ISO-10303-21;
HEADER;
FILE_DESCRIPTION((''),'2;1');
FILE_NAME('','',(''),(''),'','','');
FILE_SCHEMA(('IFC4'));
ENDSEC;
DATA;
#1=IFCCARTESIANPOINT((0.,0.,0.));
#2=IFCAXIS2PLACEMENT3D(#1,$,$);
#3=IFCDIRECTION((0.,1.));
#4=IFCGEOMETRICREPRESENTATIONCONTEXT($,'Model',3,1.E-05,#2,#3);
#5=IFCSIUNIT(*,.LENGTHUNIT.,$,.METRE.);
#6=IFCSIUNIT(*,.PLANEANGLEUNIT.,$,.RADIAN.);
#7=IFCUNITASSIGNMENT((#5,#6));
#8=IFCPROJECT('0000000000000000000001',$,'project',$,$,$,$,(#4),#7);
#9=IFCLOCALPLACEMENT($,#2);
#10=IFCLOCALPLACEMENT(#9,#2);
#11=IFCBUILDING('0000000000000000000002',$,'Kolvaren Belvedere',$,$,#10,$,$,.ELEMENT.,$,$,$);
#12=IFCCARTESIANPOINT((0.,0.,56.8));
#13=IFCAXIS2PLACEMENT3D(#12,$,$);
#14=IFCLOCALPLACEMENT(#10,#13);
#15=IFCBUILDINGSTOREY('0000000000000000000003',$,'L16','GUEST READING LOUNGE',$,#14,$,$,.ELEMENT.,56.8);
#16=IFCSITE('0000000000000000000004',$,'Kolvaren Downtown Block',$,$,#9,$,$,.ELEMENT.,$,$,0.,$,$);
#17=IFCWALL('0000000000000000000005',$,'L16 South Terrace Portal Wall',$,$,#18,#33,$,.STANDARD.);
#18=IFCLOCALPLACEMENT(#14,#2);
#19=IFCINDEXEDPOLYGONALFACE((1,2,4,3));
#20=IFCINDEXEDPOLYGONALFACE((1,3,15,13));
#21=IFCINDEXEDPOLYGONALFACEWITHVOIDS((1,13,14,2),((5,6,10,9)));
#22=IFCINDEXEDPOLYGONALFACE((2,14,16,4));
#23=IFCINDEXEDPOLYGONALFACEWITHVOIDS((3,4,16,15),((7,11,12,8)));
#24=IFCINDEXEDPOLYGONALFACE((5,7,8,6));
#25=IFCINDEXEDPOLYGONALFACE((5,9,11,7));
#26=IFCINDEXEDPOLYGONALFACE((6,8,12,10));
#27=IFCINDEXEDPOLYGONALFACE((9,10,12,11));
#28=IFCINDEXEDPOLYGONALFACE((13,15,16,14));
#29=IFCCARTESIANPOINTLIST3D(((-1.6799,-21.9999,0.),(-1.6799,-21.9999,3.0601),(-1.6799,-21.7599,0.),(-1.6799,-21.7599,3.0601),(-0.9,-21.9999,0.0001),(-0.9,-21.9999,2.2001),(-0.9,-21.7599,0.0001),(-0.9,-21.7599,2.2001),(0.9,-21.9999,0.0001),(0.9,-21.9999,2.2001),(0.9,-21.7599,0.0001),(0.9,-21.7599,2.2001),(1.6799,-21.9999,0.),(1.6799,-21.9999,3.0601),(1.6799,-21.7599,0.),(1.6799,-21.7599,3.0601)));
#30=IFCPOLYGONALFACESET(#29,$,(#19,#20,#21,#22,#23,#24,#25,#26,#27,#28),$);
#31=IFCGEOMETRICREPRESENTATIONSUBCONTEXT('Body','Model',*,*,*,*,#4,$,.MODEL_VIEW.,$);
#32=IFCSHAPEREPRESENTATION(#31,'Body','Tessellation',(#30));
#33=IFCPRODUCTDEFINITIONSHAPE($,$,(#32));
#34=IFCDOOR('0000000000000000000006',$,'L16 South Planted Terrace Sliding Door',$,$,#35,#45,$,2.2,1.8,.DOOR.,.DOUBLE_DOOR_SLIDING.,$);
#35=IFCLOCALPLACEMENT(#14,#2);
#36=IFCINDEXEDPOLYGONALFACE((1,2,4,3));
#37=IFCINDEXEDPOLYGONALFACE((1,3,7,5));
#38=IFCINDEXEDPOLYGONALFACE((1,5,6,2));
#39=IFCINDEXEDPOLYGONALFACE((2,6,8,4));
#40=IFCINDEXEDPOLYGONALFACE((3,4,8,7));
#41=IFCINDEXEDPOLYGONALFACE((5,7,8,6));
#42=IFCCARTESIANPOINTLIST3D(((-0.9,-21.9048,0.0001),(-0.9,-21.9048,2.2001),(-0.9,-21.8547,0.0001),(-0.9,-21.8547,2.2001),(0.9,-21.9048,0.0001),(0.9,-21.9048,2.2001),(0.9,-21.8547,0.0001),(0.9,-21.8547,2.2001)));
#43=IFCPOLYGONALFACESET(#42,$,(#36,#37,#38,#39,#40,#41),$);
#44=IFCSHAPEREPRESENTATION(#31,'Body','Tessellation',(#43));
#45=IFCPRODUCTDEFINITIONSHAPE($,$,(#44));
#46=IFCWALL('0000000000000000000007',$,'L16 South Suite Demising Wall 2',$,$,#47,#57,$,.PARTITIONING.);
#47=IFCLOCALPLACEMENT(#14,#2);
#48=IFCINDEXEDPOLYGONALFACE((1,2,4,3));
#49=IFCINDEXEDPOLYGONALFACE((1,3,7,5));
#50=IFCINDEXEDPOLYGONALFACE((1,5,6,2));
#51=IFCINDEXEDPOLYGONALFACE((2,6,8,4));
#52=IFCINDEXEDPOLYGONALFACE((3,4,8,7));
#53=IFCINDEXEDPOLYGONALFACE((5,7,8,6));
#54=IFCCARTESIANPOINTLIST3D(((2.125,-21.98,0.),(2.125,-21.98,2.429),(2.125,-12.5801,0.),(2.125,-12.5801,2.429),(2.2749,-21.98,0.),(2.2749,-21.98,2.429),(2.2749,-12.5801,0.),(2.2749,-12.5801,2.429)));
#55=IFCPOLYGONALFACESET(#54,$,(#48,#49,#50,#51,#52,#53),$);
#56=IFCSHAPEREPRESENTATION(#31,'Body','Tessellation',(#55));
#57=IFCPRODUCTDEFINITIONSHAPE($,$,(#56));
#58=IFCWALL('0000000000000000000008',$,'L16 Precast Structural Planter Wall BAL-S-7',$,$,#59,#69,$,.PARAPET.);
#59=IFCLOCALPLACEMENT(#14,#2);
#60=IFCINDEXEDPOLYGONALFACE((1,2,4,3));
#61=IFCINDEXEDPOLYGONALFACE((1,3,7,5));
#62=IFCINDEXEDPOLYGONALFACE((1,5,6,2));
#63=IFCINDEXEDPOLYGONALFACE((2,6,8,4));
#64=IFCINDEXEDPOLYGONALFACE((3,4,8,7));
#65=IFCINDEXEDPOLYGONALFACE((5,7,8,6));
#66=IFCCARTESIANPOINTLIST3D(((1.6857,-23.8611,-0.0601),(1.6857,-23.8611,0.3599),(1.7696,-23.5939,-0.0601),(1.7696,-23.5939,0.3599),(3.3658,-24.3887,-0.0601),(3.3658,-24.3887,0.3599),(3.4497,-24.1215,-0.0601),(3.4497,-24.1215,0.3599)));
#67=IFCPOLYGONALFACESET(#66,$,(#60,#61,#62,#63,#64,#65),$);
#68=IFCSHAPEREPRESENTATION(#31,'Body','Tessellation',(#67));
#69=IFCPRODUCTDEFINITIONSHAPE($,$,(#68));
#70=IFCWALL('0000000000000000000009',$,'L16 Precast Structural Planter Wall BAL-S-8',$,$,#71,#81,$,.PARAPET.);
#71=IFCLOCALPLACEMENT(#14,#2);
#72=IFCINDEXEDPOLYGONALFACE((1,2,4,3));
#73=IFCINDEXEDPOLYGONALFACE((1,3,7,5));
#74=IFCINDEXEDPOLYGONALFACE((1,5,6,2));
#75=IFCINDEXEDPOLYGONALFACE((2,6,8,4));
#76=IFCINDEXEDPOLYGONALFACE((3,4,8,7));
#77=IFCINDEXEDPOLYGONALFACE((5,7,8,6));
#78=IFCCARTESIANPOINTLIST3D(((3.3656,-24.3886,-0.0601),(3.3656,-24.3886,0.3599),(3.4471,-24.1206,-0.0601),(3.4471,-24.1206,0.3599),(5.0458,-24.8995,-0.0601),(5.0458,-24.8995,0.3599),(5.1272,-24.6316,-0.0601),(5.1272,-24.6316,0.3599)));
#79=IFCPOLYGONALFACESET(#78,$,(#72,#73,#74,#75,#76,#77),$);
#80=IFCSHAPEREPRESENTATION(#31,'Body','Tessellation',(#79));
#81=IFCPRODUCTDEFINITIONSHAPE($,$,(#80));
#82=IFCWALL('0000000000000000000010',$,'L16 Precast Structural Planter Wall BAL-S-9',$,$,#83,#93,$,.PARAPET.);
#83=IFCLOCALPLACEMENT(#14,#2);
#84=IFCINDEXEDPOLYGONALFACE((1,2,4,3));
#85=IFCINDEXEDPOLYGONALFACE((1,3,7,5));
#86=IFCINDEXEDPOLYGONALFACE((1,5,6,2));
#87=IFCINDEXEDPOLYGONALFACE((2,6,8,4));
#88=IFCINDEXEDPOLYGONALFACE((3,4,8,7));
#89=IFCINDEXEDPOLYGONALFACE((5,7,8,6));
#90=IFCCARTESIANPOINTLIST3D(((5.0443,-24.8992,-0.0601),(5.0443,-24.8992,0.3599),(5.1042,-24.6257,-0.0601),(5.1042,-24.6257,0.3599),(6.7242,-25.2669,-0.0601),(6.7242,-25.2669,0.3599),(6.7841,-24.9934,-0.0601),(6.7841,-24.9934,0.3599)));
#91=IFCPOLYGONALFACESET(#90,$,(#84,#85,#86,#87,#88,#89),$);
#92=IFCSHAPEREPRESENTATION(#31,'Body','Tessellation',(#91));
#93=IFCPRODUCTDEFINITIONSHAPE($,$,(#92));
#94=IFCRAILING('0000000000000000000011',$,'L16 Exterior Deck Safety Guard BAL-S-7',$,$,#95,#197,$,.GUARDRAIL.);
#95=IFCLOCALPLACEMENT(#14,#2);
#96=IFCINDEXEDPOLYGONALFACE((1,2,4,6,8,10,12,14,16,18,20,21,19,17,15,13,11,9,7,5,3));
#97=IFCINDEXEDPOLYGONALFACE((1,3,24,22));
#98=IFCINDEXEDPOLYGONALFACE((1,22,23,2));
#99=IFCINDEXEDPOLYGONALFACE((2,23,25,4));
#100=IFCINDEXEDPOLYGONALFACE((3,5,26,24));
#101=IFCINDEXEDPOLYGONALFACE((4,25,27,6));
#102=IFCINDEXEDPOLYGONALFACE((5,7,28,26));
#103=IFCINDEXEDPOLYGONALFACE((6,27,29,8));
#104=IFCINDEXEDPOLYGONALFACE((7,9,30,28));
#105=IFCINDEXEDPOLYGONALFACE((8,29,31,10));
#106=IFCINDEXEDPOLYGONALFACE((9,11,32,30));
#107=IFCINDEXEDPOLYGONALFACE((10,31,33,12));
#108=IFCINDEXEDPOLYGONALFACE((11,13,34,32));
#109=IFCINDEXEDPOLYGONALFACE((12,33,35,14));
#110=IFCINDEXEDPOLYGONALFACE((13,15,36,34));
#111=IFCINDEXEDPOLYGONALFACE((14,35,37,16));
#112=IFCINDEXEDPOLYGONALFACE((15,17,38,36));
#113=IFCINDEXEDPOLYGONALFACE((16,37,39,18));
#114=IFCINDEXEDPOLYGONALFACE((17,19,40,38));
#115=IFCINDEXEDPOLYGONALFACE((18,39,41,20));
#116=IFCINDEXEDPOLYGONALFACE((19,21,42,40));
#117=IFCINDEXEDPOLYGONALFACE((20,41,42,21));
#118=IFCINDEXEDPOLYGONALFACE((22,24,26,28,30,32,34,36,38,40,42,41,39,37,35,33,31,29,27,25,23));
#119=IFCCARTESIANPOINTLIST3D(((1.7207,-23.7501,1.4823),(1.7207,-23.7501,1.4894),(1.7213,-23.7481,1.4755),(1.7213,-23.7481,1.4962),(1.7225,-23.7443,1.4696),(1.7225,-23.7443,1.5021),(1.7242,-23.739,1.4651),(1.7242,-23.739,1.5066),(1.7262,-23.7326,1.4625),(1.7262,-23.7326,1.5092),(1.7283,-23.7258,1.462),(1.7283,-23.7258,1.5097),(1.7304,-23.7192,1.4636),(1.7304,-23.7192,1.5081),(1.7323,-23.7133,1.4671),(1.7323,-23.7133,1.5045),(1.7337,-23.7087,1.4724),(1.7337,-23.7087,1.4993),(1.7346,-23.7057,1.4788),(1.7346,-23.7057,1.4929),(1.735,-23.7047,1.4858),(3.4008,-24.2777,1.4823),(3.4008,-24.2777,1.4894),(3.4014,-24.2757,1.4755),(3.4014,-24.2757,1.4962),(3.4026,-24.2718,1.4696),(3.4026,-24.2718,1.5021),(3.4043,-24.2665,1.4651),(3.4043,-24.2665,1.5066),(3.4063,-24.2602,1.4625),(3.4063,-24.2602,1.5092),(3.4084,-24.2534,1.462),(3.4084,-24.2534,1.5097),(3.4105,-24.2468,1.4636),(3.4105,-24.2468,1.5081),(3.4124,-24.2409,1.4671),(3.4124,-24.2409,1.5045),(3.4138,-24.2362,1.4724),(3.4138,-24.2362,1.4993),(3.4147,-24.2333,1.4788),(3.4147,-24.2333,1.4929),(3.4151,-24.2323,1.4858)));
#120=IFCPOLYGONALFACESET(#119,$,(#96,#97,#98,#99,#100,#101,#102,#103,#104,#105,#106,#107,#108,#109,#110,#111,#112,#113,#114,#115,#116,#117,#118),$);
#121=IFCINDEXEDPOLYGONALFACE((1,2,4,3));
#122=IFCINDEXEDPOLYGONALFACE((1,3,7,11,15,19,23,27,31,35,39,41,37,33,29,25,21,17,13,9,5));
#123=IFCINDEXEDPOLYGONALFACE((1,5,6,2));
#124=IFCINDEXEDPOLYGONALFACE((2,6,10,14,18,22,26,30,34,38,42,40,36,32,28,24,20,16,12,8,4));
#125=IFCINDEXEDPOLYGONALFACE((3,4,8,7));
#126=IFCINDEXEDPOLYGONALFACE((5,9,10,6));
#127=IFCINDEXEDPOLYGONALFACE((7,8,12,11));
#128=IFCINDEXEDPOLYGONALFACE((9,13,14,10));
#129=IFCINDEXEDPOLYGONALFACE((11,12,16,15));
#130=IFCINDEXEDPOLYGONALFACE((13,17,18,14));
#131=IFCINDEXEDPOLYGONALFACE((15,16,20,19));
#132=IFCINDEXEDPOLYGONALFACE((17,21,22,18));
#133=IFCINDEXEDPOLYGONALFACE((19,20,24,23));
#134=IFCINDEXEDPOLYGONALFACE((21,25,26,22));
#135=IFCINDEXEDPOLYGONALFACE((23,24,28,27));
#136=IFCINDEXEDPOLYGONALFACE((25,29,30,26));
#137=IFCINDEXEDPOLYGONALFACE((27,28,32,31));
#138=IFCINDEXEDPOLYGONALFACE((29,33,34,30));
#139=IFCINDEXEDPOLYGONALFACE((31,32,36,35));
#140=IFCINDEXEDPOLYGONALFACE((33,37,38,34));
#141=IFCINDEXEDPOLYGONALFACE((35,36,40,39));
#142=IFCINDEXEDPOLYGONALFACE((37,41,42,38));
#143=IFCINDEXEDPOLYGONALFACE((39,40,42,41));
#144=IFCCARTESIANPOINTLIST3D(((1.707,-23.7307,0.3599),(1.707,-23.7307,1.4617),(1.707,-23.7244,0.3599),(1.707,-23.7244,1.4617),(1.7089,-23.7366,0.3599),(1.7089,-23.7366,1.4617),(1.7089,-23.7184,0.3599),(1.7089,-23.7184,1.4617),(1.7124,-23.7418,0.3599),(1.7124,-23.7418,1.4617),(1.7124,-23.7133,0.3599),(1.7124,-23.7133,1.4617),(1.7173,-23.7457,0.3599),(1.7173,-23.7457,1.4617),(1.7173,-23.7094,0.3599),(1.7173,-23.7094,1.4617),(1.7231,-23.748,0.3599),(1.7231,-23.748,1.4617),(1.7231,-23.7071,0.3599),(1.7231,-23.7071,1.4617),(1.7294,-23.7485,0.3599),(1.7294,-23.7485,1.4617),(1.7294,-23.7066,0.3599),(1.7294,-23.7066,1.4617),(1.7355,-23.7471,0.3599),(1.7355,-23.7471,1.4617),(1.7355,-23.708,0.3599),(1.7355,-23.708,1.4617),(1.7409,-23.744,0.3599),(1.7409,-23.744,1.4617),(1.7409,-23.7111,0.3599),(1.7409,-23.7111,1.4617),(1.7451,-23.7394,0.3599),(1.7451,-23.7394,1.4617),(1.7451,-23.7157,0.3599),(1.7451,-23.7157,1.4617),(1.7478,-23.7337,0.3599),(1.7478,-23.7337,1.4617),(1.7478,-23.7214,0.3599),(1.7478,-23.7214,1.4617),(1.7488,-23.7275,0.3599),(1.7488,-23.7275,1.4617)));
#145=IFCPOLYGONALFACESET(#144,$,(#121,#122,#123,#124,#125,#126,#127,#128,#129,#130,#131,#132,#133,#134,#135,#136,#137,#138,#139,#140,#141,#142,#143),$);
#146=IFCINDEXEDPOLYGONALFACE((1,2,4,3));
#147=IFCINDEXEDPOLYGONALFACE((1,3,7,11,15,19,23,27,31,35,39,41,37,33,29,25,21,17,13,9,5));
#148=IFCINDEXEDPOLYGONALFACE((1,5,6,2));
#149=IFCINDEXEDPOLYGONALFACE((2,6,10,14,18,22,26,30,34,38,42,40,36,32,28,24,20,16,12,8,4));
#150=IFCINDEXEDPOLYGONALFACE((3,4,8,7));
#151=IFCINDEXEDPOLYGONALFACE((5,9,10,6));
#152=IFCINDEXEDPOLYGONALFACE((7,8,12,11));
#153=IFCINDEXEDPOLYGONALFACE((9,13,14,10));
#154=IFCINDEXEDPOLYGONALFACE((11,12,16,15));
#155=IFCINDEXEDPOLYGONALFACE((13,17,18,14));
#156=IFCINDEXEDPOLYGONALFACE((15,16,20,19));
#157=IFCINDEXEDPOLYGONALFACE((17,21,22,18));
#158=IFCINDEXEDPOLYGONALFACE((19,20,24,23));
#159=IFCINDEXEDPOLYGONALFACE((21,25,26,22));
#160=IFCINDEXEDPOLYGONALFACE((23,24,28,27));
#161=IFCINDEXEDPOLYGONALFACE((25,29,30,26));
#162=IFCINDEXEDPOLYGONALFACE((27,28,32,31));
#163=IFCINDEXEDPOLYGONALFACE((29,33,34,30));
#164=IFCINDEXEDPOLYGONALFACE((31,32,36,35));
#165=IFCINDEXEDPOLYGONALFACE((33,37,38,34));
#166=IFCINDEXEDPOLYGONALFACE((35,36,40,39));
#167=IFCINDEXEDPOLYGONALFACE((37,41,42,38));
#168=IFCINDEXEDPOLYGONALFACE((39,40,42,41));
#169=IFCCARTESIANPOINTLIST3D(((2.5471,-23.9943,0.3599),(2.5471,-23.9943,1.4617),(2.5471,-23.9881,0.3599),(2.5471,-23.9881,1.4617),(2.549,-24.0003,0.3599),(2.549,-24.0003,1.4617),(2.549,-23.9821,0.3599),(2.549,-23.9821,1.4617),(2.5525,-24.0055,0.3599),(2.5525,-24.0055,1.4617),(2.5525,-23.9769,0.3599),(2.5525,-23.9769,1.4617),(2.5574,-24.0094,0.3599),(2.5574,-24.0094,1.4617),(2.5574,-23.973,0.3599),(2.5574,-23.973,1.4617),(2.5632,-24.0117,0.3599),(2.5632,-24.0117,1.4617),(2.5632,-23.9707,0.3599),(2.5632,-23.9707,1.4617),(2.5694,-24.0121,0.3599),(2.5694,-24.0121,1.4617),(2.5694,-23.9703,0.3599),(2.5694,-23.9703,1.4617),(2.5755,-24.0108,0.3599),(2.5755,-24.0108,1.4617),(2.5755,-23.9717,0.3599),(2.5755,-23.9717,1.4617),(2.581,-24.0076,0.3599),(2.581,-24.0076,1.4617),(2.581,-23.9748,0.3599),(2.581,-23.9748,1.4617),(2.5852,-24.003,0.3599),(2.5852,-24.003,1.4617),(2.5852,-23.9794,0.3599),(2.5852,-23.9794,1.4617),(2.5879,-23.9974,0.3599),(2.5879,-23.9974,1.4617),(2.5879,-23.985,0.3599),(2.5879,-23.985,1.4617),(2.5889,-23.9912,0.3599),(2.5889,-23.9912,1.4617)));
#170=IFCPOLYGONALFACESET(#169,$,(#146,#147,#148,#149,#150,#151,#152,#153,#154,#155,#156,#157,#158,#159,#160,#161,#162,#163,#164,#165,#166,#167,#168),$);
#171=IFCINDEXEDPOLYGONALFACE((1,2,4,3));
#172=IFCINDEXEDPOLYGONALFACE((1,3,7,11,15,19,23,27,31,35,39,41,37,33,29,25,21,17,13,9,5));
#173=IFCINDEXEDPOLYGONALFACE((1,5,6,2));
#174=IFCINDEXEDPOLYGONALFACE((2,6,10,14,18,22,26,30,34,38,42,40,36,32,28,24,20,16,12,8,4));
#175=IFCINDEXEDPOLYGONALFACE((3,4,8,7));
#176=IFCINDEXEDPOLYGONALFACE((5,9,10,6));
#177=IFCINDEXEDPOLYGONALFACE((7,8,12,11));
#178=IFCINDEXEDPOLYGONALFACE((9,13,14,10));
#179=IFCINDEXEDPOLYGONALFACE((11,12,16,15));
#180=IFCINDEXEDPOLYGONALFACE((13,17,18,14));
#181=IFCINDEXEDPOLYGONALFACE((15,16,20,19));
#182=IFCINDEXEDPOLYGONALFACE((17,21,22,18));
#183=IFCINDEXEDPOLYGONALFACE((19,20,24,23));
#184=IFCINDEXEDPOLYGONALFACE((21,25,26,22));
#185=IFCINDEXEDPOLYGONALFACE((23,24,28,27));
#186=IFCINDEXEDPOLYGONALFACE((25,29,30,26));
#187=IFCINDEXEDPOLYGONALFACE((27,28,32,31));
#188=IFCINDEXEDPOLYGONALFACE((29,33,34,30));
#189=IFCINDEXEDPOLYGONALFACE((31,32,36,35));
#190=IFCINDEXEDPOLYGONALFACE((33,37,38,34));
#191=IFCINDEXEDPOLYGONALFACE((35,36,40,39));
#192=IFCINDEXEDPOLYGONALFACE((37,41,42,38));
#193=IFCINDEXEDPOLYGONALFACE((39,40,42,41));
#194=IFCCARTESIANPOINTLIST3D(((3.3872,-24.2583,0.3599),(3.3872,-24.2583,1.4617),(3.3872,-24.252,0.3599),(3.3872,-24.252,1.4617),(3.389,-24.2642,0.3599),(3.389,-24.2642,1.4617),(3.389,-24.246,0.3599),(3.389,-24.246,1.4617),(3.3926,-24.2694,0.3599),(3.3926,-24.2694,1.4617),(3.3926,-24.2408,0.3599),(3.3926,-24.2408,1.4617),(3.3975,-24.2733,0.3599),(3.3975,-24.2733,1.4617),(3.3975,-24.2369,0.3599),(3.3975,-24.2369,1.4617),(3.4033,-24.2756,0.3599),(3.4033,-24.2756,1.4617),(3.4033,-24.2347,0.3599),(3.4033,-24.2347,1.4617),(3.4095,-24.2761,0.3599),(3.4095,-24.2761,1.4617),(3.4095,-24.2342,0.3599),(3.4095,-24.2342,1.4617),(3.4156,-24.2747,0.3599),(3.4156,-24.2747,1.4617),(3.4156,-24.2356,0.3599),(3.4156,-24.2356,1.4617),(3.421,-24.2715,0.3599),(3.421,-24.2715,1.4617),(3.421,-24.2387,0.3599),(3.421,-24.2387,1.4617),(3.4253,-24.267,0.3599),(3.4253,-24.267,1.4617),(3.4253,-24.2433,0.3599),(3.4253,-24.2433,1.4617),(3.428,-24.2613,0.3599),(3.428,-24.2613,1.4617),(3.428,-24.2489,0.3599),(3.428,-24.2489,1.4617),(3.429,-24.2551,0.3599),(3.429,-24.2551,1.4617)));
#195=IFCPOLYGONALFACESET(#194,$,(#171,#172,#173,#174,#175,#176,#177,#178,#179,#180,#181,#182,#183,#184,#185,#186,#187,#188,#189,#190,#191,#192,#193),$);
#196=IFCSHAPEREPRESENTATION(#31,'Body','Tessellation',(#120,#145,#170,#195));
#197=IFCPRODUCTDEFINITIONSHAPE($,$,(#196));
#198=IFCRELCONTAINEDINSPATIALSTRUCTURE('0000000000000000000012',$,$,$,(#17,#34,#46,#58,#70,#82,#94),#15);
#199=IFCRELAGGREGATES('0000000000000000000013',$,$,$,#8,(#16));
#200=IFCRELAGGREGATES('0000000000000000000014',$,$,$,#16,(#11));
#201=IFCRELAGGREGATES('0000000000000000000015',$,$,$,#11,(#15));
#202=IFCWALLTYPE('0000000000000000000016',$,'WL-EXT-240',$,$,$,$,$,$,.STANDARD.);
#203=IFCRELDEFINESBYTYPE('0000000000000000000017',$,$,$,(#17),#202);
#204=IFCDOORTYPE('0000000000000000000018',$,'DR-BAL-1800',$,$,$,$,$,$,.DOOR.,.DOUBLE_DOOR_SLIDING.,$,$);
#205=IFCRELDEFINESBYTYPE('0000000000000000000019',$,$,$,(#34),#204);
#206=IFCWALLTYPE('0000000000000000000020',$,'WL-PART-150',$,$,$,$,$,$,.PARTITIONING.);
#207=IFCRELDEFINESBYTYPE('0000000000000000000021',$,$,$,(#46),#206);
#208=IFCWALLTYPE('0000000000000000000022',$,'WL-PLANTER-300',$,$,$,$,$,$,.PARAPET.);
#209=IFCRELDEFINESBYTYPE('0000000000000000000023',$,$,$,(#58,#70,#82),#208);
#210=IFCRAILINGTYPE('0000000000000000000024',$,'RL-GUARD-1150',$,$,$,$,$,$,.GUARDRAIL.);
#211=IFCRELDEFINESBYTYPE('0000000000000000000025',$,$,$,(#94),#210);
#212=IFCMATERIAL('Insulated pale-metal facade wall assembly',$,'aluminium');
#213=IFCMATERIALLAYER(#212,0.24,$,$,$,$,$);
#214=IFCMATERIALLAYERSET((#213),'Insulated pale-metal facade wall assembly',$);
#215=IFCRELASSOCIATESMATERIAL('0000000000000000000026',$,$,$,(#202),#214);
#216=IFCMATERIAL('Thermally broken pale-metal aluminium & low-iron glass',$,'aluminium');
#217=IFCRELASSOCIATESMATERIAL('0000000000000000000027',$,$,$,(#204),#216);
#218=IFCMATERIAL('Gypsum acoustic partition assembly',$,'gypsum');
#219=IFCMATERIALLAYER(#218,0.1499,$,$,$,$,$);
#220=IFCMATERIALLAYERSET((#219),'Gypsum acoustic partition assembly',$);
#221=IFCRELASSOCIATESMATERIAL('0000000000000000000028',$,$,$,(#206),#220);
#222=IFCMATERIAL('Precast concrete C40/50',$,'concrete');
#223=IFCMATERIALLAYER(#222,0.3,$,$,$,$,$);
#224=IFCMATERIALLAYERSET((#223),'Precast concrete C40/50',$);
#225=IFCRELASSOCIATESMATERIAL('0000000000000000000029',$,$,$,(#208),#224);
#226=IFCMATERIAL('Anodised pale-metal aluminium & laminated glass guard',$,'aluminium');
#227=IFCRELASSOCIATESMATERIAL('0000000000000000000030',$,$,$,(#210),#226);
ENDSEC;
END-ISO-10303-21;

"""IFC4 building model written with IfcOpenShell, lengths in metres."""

from ifc_helpers import new_model, si_unit, direction, frame, frame_2d, origin, origin_2d, place, context, subcontext, project, spatial, rectangle, circle, extrude, material, layer, layer_set, type_object, element, fill, save


model = new_model("IFC4")

# Units and contexts
model_context = context("Model", 3, precision=1e-05, world=origin(), true_north=direction((0.0, 1.0)))
body_context = subcontext(model_context, "Body", "Model", "MODEL_VIEW")
ifc_project = project(units=[si_unit("LENGTHUNIT", "METRE"), si_unit("PLANEANGLEUNIT", "RADIAN")], contexts=[model_context])

# Site, building, storey
site_placement = place(None, origin())
site = spatial("IfcSite", under=ifc_project, at=site_placement, Name="Kolvaren Downtown Block", CompositionType="ELEMENT", RefElevation=0.0)
building_placement = place(site_placement, origin())
building = spatial("IfcBuilding", under=site, at=building_placement, Name="Kolvaren Belvedere", CompositionType="ELEMENT")
storey_placement = place(building_placement, frame((0.0, 0.0, 56.8)))
storey = spatial("IfcBuildingStorey", under=building, at=storey_placement, Name="L16", Description="GUEST READING LOUNGE", CompositionType="ELEMENT", Elevation=56.8)

# Wall, opening, door
ifc_material_1 = material(Name="Insulated pale-metal facade wall assembly", Category="aluminium")
ifc_layer_1 = layer(ifc_material_1, 0.24)
ifc_layer_set_1 = layer_set([ifc_layer_1], Name="Insulated pale-metal facade wall assembly")
wall_type_1 = type_object("IfcWallType", Name="WL-EXT-240", PredefinedType="STANDARD", material=ifc_layer_set_1)
wall_1_placement = place(storey_placement, frame((1.6799, -21.8799, 0.0), z_axis=(0.0, 0.0, 1.0), x_axis=(-1.0, 0.0, 0.0)))
wall_1 = element("IfcWall", 1, at=wall_1_placement, inside=storey, type_object=wall_type_1, Name="L16 South Terrace Portal Wall", PredefinedType="STANDARD", context=body_context, shape_type="SweptSolid", body=[
    extrude(rectangle(XDim=3.3599, YDim=0.24, at=frame_2d((1.6799, 0.0))), origin(), (0.0, 0.0, 1.0), 3.0601),
])
opening_1_placement = place(wall_1_placement, frame((0.78, 0.0, 0.0)))
opening_1 = element("IfcOpeningElement", 2, at=opening_1_placement, cuts=wall_1, PredefinedType="OPENING", context=body_context, shape_type="SweptSolid", body=[
    extrude(rectangle(XDim=1.8, YDim=2.2, at=frame_2d((0.8999, 1.1001))), frame((0.0, 0.1299, 0.0), z_axis=(0.0, -1.0, 0.0), x_axis=(1.0, 0.0, 0.0)), (0.0, 0.0, 1.0), 0.26),
])
ifc_material_2 = material(Name="Thermally broken pale-metal aluminium & low-iron glass", Category="aluminium")
door_type_1 = type_object("IfcDoorType", Name="DR-BAL-1800", OperationType="DOUBLE_DOOR_SLIDING", PredefinedType="DOOR", material=ifc_material_2)
door_1_placement = place(opening_1_placement, origin())
door_1 = element("IfcDoor", 3, at=door_1_placement, inside=storey, type_object=door_type_1, Name="L16 South Planted Terrace Sliding Door", OperationType="DOUBLE_DOOR_SLIDING", OverallHeight=2.2, OverallWidth=1.8, PredefinedType="DOOR", context=body_context, shape_type="SweptSolid", body=[
    extrude(rectangle(XDim=1.8, YDim=2.2, at=frame_2d((0.8999, 1.1001))), frame((0.0, 0.0249, 0.0), z_axis=(0.0, -1.0, 0.0), x_axis=(1.0, 0.0, 0.0)), (0.0, 0.0, 1.0), 0.05),
])
fill(opening_1, door_1)

# Walls
ifc_material_3 = material(Name="Gypsum acoustic partition assembly", Category="gypsum")
ifc_layer_2 = layer(ifc_material_3, 0.1499)
ifc_layer_set_2 = layer_set([ifc_layer_2], Name="Gypsum acoustic partition assembly")
wall_type_2 = type_object("IfcWallType", Name="WL-PART-150", PredefinedType="PARTITIONING", material=ifc_layer_set_2)
wall_2_placement = place(storey_placement, frame((2.2, -21.98, 0.0), z_axis=(0.0, 0.0, 1.0), x_axis=(0.0, 1.0, 0.0)))
element("IfcWall", 4, at=wall_2_placement, inside=storey, type_object=wall_type_2, Name="L16 South Suite Demising Wall 2", PredefinedType="PARTITIONING", context=body_context, shape_type="SweptSolid", body=[
    extrude(rectangle(XDim=9.3999, YDim=0.1499, at=frame_2d((4.7, 0.0))), origin(), (0.0, 0.0, 1.0), 2.429),
])
ifc_material_4 = material(Name="Precast concrete C40/50", Category="concrete")
ifc_layer_3 = layer(ifc_material_4, 0.3)
ifc_layer_set_3 = layer_set([ifc_layer_3], Name="Precast concrete C40/50")
wall_type_3 = type_object("IfcWallType", Name="WL-PLANTER-300", PredefinedType="PARAPET", material=ifc_layer_set_3)
wall_3_placement = place(storey_placement, frame((1.7278, -23.7275, -0.0601), z_axis=(0.0, 0.0, 1.0), x_axis=(0.95407, -0.299585, 0.0)))
element("IfcWall", 5, at=wall_3_placement, inside=storey, type_object=wall_type_3, Name="L16 Precast Structural Planter Wall BAL-S-7", PredefinedType="PARAPET", context=body_context, shape_type="SweptSolid", body=[
    extrude(rectangle(XDim=1.761, YDim=0.28, at=frame_2d((0.8804, 0.0))), origin(), (0.0, 0.0, 1.0), 0.4199),
])
wall_4_placement = place(storey_placement, frame((3.4065, -24.2546, -0.0601), z_axis=(0.0, 0.0, 1.0), x_axis=(0.956733, -0.290968, 0.0)))
element("IfcWall", 6, at=wall_4_placement, inside=storey, type_object=wall_type_3, Name="L16 Precast Structural Planter Wall BAL-S-8", PredefinedType="PARAPET", context=body_context, shape_type="SweptSolid", body=[
    extrude(rectangle(XDim=1.7561, YDim=0.28, at=frame_2d((0.8779, 0.0))), origin(), (0.0, 0.0, 1.0), 0.4199),
])
wall_5_placement = place(storey_placement, frame((5.0742, -24.7625, -0.0601), z_axis=(0.0, 0.0, 1.0), x_axis=(0.976877, -0.213803, 0.0)))
element("IfcWall", 7, at=wall_5_placement, inside=storey, type_object=wall_type_3, Name="L16 Precast Structural Planter Wall BAL-S-9", PredefinedType="PARAPET", context=body_context, shape_type="SweptSolid", body=[
    extrude(rectangle(XDim=1.7197, YDim=0.28, at=frame_2d((0.8599, 0.0))), origin(), (0.0, 0.0, 1.0), 0.4199),
])

# Railing
ifc_material_5 = material(Name="Anodised pale-metal aluminium & laminated glass guard", Category="aluminium")
railing_type = type_object("IfcRailingType", Name="RL-GUARD-1150", PredefinedType="GUARDRAIL", material=ifc_material_5)
railing_1_placement = place(storey_placement, frame((1.7278, -23.7275, 0.3599)))
element("IfcRailing", 8, at=railing_1_placement, inside=storey, type_object=railing_type, Name="L16 Exterior Deck Safety Guard BAL-S-7", PredefinedType="GUARDRAIL", context=body_context, shape_type="SweptSolid", body=[
    extrude(circle(Radius=0.0239, at=origin_2d()), frame((0.0, 0.0, 1.126), z_axis=(0.95407, -0.299585, 0.0), x_axis=(0.299585, 0.95407, 0.0)), (0.0, 0.0, 1.0), 1.761),
    extrude(circle(Radius=0.021, at=origin_2d()), origin(), (0.0, 0.0, 1.0), 1.1018),
    extrude(circle(Radius=0.021, at=origin_2d()), frame((0.8401, -0.2637, 0.0)), (0.0, 0.0, 1.0), 1.1018),
    extrude(circle(Radius=0.021, at=origin_2d()), frame((1.6802, -0.5276, 0.0)), (0.0, 0.0, 1.0), 1.1018),
])

save(model, "model.ifc")
